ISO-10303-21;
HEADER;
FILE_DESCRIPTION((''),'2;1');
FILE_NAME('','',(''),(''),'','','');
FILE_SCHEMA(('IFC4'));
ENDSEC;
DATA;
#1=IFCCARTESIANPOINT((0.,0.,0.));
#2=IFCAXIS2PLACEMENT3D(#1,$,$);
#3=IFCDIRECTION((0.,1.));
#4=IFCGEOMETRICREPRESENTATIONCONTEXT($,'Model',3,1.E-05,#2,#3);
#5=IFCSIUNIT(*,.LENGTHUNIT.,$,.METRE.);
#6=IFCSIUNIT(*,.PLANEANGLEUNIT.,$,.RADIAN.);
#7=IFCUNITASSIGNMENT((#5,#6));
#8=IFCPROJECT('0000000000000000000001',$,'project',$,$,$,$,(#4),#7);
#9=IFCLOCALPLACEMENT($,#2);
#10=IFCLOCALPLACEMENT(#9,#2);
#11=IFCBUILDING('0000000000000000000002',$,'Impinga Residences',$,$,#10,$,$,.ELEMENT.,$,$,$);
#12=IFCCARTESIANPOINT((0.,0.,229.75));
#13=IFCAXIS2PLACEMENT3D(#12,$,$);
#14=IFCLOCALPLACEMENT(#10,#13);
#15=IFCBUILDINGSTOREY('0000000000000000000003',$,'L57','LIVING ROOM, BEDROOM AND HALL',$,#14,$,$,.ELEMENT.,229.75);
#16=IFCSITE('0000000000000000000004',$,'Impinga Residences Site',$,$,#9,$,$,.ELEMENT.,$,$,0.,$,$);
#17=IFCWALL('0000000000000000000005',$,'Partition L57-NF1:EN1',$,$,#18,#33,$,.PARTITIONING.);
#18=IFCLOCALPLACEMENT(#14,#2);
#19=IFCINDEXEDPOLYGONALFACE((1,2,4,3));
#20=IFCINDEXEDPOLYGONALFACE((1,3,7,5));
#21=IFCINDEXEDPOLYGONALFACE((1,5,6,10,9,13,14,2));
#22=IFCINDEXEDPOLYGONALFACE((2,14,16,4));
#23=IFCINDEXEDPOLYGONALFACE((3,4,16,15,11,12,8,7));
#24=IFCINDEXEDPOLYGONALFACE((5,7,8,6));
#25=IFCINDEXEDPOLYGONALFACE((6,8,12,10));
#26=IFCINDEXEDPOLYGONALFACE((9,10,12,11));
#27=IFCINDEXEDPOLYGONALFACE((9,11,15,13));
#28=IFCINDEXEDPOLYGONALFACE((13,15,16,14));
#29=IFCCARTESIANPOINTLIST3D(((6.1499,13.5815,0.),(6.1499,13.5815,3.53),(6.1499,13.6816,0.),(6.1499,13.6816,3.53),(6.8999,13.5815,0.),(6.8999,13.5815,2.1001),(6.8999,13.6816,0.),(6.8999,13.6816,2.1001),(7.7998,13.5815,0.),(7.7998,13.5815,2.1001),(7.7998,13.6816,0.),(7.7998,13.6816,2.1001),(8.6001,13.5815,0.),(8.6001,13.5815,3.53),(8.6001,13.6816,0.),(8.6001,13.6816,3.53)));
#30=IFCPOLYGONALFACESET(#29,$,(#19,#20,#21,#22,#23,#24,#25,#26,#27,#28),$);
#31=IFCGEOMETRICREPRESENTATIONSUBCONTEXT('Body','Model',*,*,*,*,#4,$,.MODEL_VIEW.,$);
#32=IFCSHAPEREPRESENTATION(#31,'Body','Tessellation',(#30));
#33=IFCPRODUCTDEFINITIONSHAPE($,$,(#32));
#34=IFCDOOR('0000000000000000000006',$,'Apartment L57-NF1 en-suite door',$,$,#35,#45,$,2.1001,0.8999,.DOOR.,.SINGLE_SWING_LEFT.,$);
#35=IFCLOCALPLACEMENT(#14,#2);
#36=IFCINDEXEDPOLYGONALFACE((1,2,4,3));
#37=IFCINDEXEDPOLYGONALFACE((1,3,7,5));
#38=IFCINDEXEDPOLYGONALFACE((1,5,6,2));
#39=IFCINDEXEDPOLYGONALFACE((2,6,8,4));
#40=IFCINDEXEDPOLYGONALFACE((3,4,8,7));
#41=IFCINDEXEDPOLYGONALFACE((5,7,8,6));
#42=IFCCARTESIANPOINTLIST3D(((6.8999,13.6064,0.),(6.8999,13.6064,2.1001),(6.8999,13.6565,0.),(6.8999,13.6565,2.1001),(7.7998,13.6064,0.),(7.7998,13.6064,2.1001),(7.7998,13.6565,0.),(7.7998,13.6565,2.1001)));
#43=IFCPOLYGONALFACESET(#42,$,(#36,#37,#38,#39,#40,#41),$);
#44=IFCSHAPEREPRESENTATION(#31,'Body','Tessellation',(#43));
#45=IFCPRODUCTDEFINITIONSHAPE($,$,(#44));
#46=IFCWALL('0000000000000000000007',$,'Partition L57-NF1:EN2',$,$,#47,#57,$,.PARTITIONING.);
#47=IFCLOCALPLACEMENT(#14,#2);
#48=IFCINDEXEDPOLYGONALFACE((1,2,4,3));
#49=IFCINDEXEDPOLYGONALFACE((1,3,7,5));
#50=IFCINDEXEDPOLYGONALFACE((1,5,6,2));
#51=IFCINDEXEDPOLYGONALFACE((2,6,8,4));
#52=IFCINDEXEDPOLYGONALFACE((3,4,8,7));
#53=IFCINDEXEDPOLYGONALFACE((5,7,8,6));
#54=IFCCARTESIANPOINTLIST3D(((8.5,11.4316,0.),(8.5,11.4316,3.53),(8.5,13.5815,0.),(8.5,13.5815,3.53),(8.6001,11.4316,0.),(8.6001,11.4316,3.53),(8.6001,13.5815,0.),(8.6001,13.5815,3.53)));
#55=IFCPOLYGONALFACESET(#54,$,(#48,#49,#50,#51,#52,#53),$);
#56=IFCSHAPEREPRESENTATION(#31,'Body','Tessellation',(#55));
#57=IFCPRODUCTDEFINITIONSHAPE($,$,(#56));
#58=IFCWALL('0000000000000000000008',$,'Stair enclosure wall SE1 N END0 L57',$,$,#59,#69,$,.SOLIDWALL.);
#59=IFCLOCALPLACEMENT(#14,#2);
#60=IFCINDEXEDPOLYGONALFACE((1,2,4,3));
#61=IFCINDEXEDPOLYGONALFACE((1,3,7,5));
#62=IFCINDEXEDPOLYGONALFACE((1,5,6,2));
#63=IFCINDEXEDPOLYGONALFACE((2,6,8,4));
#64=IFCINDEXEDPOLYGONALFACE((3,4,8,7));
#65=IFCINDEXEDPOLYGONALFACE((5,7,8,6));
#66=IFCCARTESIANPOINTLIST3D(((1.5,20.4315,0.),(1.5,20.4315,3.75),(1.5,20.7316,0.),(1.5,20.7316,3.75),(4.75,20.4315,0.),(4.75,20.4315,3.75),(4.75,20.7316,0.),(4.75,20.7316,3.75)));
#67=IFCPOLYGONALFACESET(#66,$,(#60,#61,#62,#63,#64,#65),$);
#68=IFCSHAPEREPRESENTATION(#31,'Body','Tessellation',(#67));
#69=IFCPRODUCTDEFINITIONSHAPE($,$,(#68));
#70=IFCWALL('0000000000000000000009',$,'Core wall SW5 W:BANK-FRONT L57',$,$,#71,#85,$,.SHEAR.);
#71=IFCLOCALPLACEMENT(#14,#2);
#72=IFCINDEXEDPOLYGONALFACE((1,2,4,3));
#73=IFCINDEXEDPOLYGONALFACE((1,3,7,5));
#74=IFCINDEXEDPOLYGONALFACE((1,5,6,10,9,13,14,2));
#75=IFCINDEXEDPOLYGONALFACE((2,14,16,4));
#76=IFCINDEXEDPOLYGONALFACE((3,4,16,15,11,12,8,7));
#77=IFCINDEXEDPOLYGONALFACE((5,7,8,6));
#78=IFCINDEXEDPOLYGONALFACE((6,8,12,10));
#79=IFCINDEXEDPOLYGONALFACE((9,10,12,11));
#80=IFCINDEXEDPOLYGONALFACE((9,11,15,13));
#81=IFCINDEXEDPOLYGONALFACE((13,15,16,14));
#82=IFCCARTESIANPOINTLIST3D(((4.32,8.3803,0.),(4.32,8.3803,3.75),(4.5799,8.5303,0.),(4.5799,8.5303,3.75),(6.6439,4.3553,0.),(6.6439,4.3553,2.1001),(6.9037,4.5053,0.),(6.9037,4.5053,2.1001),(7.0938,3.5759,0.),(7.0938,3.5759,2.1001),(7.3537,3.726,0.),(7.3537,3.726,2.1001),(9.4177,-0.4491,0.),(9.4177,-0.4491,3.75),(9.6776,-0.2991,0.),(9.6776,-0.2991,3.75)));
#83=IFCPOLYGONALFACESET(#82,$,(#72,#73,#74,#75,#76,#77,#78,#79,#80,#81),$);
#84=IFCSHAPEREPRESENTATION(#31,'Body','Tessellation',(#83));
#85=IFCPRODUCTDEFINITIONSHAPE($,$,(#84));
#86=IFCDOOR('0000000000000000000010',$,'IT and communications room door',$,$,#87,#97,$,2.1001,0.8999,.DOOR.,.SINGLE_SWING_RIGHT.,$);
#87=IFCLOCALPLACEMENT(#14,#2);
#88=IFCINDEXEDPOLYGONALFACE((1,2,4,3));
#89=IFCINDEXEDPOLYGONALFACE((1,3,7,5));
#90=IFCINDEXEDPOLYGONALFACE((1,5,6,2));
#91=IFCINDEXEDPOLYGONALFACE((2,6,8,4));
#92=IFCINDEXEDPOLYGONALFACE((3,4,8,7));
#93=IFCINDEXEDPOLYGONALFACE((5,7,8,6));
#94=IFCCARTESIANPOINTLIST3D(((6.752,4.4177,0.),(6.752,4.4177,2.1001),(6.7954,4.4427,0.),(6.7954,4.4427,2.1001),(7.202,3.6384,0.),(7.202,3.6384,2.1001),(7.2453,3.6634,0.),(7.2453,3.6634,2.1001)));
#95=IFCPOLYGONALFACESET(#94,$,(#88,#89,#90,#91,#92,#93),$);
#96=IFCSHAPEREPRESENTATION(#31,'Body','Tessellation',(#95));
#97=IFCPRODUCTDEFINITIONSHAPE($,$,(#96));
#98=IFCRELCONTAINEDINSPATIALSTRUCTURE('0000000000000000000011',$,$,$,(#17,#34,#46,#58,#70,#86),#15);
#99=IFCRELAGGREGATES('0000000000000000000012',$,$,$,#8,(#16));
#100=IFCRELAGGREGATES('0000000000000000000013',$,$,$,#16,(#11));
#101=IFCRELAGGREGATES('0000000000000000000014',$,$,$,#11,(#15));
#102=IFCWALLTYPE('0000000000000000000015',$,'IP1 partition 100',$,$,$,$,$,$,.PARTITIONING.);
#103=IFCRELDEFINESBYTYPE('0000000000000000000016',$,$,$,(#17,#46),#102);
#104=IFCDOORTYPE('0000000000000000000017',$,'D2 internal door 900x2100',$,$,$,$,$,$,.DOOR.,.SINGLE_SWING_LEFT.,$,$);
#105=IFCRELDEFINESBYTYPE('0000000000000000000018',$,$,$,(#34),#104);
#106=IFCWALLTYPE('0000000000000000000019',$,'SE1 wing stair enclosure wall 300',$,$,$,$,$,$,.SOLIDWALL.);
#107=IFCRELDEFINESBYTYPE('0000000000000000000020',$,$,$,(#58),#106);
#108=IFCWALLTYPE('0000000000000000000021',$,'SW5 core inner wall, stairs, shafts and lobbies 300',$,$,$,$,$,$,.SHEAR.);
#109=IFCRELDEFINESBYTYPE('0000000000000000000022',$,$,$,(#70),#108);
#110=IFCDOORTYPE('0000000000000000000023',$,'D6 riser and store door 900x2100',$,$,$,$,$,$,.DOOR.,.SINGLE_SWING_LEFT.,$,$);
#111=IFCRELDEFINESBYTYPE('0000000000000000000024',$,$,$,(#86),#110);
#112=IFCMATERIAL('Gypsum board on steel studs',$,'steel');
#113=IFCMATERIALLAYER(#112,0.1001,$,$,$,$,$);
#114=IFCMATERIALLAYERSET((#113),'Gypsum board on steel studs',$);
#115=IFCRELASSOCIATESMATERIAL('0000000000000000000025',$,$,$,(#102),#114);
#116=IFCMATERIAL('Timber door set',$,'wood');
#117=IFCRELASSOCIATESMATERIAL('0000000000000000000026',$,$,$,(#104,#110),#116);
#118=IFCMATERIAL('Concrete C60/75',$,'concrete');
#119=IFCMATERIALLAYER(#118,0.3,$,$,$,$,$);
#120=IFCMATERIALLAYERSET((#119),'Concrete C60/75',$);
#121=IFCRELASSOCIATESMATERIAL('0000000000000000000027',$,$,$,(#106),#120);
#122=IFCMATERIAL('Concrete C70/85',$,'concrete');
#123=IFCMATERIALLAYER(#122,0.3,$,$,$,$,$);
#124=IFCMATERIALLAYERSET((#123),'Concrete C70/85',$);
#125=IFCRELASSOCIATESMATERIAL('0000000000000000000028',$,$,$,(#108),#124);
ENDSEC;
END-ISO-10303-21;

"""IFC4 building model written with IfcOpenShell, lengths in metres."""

from ifc_helpers import new_model, si_unit, direction, frame, frame_2d, origin, place, context, subcontext, project, spatial, rectangle, extrude, material, layer, layer_set, type_object, element, fill, save


model = new_model("IFC4")

# Units and contexts
model_context = context("Model", 3, precision=1e-05, world=origin(), true_north=direction((0.0, 1.0)))
body_context = subcontext(model_context, "Body", "Model", "MODEL_VIEW")
ifc_project = project(units=[si_unit("LENGTHUNIT", "METRE"), si_unit("PLANEANGLEUNIT", "RADIAN")], contexts=[model_context])

# Site, building, storey
site_placement = place(None, origin())
site = spatial("IfcSite", under=ifc_project, at=site_placement, Name="Impinga Residences Site", CompositionType="ELEMENT", RefElevation=0.0)
building_placement = place(site_placement, origin())
building = spatial("IfcBuilding", under=site, at=building_placement, Name="Impinga Residences", CompositionType="ELEMENT")
storey_placement = place(building_placement, frame((0.0, 0.0, 229.75)))
storey = spatial("IfcBuildingStorey", under=building, at=storey_placement, Name="L57", Description="LIVING ROOM, BEDROOM AND HALL", CompositionType="ELEMENT", Elevation=229.75)

# Shared definitions
ifc_material_1 = material(Name="Concrete C60/75", Category="concrete")

# Shared definitions
ifc_material_2 = material(Name="Gypsum board on steel studs", Category="steel")
ifc_layer_1 = layer(ifc_material_2, 0.1001)
ifc_layer_set_1 = layer_set([ifc_layer_1], Name="Gypsum board on steel studs")
wall_type_1 = type_object("IfcWallType", Name="IP1 partition 100", PredefinedType="PARTITIONING", material=ifc_layer_set_1)

# Shared definitions
ifc_material_3 = material(Name="Timber door set", Category="wood")
door_type_1 = type_object("IfcDoorType", Name="D2 internal door 900x2100", OperationType="SINGLE_SWING_LEFT", PredefinedType="DOOR", material=ifc_material_3)

# Wall, opening, door
wall_1_placement = place(storey_placement, frame((6.1499, 13.6316, 0.0), z_axis=(0.0, 0.0, 1.0), x_axis=(1.0, 0.0, 0.0)))
wall_1 = element("IfcWall", 1, at=wall_1_placement, inside=storey, type_object=wall_type_1, Name="Partition L57-NF1:EN1", PredefinedType="PARTITIONING", context=body_context, shape_type="SweptSolid", body=[
    extrude(rectangle(XDim=2.4502, YDim=0.1001, at=frame_2d((1.2251, 0.0))), origin(), (0.0, 0.0, 1.0), 3.53),
])
opening_1_placement = place(wall_1_placement, frame((0.75, 0.0, 0.0)))
opening_1 = element("IfcOpeningElement", 2, at=opening_1_placement, cuts=wall_1, PredefinedType="OPENING", context=body_context, shape_type="SweptSolid", body=[
    extrude(rectangle(XDim=0.8999, YDim=2.1001, at=frame_2d((0.45, 1.05))), frame((0.0, 0.0601, 0.0), z_axis=(0.0, -1.0, 0.0), x_axis=(1.0, 0.0, 0.0)), (0.0, 0.0, 1.0), 0.1201),
])
door_1_placement = place(opening_1_placement, origin())
door_1 = element("IfcDoor", 3, at=door_1_placement, inside=storey, type_object=door_type_1, Name="Apartment L57-NF1 en-suite door", OperationType="SINGLE_SWING_LEFT", OverallHeight=2.1001, OverallWidth=0.8999, PredefinedType="DOOR", context=body_context, shape_type="SweptSolid", body=[
    extrude(rectangle(XDim=0.8999, YDim=2.1001, at=frame_2d((0.45, 1.05))), frame((0.0, 0.0249, 0.0), z_axis=(0.0, -1.0, 0.0), x_axis=(1.0, 0.0, 0.0)), (0.0, 0.0, 1.0), 0.05),
])
fill(opening_1, door_1)

# Walls
wall_2_placement = place(storey_placement, frame((8.55, 11.4316, 0.0), z_axis=(0.0, 0.0, 1.0), x_axis=(0.0, 1.0, 0.0)))
element("IfcWall", 4, at=wall_2_placement, inside=storey, type_object=wall_type_1, Name="Partition L57-NF1:EN2", PredefinedType="PARTITIONING", context=body_context, shape_type="SweptSolid", body=[
    extrude(rectangle(XDim=2.1499, YDim=0.1001, at=frame_2d((1.075, 0.0))), origin(), (0.0, 0.0, 1.0), 3.53),
])
ifc_layer_2 = layer(ifc_material_1, 0.3)
ifc_layer_set_2 = layer_set([ifc_layer_2], Name="Concrete C60/75")
wall_type_2 = type_object("IfcWallType", Name="SE1 wing stair enclosure wall 300", PredefinedType="SOLIDWALL", material=ifc_layer_set_2)
wall_3_placement = place(storey_placement, frame((1.5, 20.5815, 0.0), z_axis=(0.0, 0.0, 1.0), x_axis=(1.0, 0.0, 0.0)))
element("IfcWall", 5, at=wall_3_placement, inside=storey, type_object=wall_type_2, Name="Stair enclosure wall SE1 N END0 L57", PredefinedType="SOLIDWALL", context=body_context, shape_type="SweptSolid", body=[
    extrude(rectangle(XDim=3.25, YDim=0.3, at=frame_2d((1.625, 0.0))), origin(), (0.0, 0.0, 1.0), 3.75),
])

# Wall, opening, door
ifc_material_4 = material(Name="Concrete C70/85", Category="concrete")
ifc_layer_3 = layer(ifc_material_4, 0.3)
ifc_layer_set_3 = layer_set([ifc_layer_3], Name="Concrete C70/85")
wall_type_3 = type_object("IfcWallType", Name="SW5 core inner wall, stairs, shafts and lobbies 300", PredefinedType="SHEAR", material=ifc_layer_set_3)
wall_4_placement = place(storey_placement, frame((4.45, 8.4553, 0.0), z_axis=(0.0, 0.0, 1.0), x_axis=(0.500002, -0.866024, 0.0)))
wall_4 = element("IfcWall", 6, at=wall_4_placement, inside=storey, type_object=wall_type_3, Name="Core wall SW5 W:BANK-FRONT L57", PredefinedType="SHEAR", context=body_context, shape_type="SweptSolid", body=[
    extrude(rectangle(XDim=10.1953, YDim=0.3, at=frame_2d((5.0977, 0.0))), origin(), (0.0, 0.0, 1.0), 3.75),
])
opening_2_placement = place(wall_4_placement, frame((4.6477, 0.0, 0.0)))
opening_2 = element("IfcOpeningElement", 7, at=opening_2_placement, cuts=wall_4, PredefinedType="OPENING", context=body_context, shape_type="SweptSolid", body=[
    extrude(rectangle(XDim=0.8999, YDim=2.1001, at=frame_2d((0.45, 1.05))), frame((0.0, 0.1599, 0.0), z_axis=(0.0, -1.0, 0.0), x_axis=(1.0, 0.0, 0.0)), (0.0, 0.0, 1.0), 0.3201),
])
door_type_2 = type_object("IfcDoorType", Name="D6 riser and store door 900x2100", OperationType="SINGLE_SWING_LEFT", PredefinedType="DOOR", material=ifc_material_3)
door_2_placement = place(opening_2_placement, origin())
door_2 = element("IfcDoor", 8, at=door_2_placement, inside=storey, type_object=door_type_2, Name="IT and communications room door", OperationType="SINGLE_SWING_RIGHT", OverallHeight=2.1001, OverallWidth=0.8999, PredefinedType="DOOR", context=body_context, shape_type="SweptSolid", body=[
    extrude(rectangle(XDim=0.8999, YDim=2.1001, at=frame_2d((0.45, 1.05))), frame((0.0, 0.0249, 0.0), z_axis=(0.0, -1.0, 0.0), x_axis=(1.0, 0.0, 0.0)), (0.0, 0.0, 1.0), 0.05),
])
fill(opening_2, door_2)

save(model, "model.ifc")
